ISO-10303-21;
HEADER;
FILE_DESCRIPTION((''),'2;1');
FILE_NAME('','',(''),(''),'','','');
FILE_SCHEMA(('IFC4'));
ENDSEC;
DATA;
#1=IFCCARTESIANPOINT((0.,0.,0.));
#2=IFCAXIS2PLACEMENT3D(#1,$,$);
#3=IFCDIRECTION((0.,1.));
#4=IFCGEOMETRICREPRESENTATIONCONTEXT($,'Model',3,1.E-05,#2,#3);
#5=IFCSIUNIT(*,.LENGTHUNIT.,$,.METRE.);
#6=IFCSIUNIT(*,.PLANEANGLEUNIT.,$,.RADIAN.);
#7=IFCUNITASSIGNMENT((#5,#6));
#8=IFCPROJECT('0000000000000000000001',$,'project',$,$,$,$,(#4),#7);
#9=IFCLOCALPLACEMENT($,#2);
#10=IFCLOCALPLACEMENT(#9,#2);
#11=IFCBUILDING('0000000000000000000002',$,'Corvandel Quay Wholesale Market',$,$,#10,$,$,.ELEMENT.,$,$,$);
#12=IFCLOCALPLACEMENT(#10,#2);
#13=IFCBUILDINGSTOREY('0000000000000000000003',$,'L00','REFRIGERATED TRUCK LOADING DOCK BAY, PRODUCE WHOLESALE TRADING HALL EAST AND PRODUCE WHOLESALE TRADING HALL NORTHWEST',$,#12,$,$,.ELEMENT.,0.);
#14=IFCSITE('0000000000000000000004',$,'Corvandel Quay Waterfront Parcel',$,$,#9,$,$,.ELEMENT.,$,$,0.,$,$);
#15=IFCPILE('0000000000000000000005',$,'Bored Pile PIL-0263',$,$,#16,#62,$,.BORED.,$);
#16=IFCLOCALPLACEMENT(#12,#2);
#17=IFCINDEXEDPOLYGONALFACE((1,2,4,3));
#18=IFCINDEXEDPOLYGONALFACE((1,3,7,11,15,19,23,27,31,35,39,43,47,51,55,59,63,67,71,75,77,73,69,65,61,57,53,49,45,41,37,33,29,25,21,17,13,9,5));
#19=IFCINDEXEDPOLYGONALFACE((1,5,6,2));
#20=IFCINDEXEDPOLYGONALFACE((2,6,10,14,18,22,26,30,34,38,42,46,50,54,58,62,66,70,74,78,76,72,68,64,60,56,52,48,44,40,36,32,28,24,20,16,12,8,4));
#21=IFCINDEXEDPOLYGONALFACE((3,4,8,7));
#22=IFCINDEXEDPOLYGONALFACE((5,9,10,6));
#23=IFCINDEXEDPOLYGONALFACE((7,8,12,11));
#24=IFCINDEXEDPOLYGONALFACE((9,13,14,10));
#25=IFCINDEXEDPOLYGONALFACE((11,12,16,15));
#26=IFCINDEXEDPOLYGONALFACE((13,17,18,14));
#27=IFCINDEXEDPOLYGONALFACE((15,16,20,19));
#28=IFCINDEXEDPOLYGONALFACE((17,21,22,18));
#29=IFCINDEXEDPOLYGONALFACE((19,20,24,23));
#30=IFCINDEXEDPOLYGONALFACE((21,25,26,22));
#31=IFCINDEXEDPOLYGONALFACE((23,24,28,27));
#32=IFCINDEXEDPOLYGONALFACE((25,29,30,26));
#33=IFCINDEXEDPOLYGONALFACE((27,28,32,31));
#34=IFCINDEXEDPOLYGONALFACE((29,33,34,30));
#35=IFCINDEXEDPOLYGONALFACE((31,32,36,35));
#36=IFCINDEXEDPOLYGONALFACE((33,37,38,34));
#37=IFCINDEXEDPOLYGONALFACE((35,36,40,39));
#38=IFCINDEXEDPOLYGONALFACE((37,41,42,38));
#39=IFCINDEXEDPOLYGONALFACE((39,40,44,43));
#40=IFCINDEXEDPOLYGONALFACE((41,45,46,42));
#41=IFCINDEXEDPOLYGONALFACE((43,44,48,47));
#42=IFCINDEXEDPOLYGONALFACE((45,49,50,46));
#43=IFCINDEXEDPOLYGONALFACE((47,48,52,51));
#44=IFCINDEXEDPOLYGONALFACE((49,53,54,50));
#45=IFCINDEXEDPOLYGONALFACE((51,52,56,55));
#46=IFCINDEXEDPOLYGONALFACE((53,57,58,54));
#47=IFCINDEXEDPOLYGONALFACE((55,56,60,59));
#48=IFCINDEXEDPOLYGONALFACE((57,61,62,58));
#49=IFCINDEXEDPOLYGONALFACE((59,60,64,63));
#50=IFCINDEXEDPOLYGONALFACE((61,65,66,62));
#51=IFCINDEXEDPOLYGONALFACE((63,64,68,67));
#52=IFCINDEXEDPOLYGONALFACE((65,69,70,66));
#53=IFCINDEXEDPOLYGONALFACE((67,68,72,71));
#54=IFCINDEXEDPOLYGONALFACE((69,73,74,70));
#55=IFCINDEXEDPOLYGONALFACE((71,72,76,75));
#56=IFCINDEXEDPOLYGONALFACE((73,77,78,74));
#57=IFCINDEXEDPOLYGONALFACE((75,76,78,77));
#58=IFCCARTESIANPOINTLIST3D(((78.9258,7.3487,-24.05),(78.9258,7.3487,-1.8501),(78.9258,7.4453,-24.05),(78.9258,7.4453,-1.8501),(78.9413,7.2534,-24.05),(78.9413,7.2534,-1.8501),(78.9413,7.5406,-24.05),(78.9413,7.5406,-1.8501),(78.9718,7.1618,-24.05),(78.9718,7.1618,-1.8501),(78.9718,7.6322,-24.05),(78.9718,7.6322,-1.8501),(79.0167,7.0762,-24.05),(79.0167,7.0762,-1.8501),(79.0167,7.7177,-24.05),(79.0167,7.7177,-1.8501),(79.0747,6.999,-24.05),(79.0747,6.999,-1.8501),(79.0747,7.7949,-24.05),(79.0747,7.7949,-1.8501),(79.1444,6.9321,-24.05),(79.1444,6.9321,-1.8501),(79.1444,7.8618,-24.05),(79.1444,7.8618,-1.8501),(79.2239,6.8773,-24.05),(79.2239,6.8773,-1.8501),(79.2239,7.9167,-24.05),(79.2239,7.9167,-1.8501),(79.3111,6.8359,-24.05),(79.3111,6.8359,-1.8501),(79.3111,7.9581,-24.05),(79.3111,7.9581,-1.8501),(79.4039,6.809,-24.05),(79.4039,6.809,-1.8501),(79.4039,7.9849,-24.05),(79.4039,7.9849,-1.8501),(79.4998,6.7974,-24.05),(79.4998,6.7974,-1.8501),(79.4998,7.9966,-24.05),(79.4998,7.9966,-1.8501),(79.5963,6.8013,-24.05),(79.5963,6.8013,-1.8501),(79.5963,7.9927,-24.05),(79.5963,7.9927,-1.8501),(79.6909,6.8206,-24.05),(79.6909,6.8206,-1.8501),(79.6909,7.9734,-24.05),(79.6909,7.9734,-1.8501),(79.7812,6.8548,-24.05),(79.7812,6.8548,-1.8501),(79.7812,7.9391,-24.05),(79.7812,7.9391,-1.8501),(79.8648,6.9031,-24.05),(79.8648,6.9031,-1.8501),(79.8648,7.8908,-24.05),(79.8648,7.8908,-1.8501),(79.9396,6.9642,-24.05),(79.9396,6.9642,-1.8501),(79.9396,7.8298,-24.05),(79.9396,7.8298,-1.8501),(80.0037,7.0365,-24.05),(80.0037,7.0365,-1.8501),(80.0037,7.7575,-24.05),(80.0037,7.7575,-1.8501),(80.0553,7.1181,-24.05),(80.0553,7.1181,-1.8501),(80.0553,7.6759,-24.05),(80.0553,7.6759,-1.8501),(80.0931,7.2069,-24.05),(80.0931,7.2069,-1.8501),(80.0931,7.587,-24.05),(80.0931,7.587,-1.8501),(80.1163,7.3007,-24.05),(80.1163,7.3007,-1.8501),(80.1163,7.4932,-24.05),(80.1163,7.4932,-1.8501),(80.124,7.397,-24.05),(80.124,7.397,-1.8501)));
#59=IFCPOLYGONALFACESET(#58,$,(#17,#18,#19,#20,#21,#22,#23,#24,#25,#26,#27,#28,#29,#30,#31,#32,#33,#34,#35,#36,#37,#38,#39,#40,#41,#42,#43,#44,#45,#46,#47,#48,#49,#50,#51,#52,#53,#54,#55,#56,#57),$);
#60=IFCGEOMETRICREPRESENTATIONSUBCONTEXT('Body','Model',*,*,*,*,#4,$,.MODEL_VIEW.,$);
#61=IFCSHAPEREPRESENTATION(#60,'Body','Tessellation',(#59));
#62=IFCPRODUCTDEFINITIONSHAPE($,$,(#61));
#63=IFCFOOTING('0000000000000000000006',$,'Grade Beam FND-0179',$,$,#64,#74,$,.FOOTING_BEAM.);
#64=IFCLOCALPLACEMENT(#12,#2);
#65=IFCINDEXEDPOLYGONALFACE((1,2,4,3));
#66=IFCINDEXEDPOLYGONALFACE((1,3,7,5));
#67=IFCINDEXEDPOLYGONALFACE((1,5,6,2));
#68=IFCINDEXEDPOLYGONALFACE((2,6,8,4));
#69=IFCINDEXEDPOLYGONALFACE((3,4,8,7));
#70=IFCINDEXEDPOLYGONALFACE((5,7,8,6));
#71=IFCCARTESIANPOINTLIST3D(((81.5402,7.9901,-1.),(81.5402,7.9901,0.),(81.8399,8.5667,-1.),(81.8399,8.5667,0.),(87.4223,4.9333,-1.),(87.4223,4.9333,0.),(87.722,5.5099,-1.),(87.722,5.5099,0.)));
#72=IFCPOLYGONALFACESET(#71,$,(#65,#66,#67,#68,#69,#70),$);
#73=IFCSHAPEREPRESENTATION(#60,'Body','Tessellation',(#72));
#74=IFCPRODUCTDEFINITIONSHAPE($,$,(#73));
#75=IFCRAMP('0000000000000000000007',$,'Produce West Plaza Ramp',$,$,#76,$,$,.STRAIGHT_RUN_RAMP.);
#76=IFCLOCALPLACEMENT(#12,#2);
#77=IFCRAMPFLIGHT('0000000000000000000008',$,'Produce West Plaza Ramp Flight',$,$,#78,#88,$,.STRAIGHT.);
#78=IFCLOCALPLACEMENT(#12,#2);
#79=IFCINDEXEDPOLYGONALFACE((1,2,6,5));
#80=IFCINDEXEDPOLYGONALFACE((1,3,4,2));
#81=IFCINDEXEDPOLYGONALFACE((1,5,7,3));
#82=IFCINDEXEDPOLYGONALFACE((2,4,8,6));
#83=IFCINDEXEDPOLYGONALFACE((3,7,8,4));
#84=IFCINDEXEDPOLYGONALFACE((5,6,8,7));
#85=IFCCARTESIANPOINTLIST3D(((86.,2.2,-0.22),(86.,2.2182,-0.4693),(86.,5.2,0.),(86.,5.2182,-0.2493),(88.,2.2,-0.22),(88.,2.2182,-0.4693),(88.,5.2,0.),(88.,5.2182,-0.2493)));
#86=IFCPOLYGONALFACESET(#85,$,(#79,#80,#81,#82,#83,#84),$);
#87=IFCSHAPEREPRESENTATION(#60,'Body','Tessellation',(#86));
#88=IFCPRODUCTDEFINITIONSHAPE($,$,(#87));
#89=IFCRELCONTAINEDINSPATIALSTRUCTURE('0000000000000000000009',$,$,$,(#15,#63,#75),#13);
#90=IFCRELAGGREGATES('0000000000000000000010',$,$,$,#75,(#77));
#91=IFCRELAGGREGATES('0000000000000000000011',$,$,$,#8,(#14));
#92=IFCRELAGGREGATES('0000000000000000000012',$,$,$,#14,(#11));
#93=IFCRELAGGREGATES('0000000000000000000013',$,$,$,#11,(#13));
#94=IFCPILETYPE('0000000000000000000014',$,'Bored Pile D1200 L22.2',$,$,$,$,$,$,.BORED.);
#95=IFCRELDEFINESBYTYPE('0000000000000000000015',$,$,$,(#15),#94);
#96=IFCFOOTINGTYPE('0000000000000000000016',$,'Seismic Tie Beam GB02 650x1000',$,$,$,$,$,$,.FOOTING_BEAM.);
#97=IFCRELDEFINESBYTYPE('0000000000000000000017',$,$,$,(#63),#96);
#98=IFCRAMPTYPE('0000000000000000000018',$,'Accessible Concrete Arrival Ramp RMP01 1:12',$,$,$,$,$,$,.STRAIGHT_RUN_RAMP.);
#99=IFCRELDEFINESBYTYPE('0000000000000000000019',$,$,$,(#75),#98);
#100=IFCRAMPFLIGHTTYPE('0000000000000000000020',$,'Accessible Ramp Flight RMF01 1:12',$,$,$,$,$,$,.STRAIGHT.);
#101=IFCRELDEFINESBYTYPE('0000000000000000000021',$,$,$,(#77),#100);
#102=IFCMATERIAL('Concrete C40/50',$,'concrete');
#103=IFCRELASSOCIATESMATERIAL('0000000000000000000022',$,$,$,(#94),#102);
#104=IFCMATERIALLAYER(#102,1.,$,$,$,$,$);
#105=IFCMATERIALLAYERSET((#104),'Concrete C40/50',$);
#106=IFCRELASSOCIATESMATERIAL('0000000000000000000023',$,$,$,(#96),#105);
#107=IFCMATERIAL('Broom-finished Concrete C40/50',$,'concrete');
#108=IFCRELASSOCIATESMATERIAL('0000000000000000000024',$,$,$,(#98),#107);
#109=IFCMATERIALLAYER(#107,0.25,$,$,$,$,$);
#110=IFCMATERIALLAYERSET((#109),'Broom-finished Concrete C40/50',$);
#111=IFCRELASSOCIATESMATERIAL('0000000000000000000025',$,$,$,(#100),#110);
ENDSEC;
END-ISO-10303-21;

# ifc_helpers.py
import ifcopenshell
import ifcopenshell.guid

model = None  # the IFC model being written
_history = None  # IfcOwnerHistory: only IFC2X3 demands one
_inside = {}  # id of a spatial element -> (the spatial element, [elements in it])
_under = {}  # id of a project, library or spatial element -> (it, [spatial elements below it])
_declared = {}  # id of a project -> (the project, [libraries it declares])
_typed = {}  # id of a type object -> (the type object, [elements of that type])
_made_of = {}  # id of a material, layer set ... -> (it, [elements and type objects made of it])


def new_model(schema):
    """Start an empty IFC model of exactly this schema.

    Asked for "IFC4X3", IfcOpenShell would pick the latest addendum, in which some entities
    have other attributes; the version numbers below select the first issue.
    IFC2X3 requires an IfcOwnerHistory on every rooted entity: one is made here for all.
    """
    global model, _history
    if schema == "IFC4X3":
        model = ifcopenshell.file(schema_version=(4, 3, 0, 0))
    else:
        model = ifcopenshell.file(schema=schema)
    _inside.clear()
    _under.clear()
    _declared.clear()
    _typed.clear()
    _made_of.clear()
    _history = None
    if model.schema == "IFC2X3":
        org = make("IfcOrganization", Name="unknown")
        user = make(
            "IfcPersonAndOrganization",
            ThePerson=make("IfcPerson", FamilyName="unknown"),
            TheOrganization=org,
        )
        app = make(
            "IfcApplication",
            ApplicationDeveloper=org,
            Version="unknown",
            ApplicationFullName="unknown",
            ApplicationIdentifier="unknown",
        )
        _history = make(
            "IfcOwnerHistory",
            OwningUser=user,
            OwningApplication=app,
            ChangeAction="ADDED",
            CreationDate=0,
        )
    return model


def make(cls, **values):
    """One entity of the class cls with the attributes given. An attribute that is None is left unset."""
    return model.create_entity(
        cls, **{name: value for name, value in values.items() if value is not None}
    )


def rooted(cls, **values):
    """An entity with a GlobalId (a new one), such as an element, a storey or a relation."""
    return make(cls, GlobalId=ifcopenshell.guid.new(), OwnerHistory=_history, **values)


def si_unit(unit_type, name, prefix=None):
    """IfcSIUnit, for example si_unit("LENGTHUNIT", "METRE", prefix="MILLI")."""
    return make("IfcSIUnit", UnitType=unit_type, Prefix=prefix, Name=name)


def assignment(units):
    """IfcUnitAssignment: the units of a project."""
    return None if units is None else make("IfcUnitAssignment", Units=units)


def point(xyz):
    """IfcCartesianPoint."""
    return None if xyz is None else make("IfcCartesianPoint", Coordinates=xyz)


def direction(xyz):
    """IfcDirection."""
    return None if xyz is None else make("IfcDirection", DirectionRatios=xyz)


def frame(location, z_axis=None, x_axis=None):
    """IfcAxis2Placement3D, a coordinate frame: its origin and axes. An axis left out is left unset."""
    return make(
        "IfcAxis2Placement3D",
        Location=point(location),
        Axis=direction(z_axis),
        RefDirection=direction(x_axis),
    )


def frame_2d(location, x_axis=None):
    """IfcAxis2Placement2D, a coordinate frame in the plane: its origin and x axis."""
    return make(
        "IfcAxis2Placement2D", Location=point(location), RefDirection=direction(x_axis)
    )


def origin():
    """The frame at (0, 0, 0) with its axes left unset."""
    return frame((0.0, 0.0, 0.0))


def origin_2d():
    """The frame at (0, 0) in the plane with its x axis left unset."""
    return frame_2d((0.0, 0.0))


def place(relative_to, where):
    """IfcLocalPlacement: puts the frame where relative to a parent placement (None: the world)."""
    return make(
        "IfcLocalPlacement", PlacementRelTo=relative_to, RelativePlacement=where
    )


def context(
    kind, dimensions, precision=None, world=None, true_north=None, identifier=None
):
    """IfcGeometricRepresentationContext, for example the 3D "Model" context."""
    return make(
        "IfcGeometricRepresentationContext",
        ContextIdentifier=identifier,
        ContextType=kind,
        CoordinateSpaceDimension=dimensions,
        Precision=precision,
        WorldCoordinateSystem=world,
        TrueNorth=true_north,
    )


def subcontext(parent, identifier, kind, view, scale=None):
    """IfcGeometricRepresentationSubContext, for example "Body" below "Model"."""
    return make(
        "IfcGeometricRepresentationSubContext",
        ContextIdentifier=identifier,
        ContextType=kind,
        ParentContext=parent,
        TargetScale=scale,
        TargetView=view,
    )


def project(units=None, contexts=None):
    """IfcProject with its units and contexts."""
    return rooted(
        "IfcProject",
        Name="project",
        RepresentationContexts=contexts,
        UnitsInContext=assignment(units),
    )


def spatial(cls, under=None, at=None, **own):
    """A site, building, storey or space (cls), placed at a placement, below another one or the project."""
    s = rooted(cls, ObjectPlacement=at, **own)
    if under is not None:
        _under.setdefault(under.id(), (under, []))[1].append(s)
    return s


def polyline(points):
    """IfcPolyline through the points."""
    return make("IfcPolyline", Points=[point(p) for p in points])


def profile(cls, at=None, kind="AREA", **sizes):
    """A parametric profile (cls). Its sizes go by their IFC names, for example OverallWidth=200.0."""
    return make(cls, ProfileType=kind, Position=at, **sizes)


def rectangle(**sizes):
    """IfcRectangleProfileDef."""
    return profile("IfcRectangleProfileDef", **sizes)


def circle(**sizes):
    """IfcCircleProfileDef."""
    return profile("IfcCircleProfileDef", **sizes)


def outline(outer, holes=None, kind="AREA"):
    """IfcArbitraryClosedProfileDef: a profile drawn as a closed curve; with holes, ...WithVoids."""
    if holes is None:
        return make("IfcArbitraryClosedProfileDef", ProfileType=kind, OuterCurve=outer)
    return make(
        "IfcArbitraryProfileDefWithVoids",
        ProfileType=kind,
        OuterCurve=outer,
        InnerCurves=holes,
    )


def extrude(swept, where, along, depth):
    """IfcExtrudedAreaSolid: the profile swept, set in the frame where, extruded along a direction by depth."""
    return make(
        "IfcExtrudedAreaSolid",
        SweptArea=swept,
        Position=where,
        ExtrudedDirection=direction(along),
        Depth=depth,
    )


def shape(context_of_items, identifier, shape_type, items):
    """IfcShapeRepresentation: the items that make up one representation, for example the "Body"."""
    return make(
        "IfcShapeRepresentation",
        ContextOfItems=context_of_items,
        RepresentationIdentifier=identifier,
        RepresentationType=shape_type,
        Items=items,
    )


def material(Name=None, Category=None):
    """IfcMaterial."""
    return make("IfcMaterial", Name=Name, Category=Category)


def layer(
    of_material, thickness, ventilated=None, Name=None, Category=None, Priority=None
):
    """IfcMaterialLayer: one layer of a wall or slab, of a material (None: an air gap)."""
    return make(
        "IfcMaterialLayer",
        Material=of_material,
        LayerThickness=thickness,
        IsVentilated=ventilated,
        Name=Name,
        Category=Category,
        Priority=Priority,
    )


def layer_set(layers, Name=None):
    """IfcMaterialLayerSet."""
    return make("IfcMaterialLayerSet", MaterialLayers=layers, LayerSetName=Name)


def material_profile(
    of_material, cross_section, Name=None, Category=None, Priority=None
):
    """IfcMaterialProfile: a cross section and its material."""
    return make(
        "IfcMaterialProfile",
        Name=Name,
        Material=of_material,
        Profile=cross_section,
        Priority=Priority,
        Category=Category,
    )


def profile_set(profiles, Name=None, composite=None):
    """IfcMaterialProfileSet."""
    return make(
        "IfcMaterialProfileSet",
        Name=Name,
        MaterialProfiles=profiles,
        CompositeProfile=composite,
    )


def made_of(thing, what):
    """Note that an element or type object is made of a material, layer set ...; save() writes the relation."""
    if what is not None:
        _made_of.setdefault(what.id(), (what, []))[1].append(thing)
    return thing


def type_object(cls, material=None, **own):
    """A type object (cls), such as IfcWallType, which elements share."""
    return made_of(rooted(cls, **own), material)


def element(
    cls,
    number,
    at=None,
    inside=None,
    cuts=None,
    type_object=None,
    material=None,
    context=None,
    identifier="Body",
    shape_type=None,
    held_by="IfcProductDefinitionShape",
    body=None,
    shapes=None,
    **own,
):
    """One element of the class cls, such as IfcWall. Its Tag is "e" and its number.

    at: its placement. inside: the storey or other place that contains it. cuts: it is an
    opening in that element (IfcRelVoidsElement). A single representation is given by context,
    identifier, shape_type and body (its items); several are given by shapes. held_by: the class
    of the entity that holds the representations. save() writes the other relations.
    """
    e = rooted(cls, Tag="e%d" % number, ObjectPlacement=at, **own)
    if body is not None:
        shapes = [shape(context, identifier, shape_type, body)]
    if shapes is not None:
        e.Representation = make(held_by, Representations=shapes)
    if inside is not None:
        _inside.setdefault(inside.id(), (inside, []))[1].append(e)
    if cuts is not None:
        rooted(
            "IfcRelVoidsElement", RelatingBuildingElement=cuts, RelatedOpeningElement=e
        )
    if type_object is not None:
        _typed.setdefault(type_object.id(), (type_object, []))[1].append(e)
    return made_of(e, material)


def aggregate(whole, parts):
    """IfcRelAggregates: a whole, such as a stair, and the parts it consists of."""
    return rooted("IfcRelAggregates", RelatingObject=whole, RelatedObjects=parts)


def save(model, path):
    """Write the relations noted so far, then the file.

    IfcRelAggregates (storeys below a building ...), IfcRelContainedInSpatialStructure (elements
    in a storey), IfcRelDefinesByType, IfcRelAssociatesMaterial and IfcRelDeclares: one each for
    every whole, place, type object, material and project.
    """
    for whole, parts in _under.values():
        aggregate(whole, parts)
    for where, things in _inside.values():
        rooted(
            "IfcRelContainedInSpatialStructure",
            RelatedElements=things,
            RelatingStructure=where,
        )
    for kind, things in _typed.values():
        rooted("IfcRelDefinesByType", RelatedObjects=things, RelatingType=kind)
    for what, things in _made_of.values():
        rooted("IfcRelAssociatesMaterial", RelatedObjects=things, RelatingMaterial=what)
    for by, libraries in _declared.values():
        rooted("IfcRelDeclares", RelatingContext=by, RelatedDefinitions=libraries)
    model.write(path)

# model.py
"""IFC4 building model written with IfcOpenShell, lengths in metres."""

from ifc_helpers import new_model, si_unit, direction, frame, origin, origin_2d, place, context, subcontext, project, spatial, polyline, rectangle, circle, outline, extrude, material, layer, layer_set, material_profile, profile_set, type_object, element, aggregate, save


model = new_model("IFC4")

# Units and contexts
model_context = context("Model", 3, precision=1e-05, world=origin(), true_north=direction((0.0, 1.0)))
body_context = subcontext(model_context, "Body", "Model", "MODEL_VIEW")
ifc_project = project(units=[si_unit("LENGTHUNIT", "METRE"), si_unit("PLANEANGLEUNIT", "RADIAN")], contexts=[model_context])

# Site, building, storey
site_placement = place(None, origin())
site = spatial("IfcSite", under=ifc_project, at=site_placement, Name="Corvandel Quay Waterfront Parcel", CompositionType="ELEMENT", RefElevation=0.0)
building_placement = place(site_placement, origin())
building = spatial("IfcBuilding", under=site, at=building_placement, Name="Corvandel Quay Wholesale Market", CompositionType="ELEMENT")
storey_placement = place(building_placement, origin())
storey = spatial("IfcBuildingStorey", under=building, at=storey_placement, Name="L00", Description="REFRIGERATED TRUCK LOADING DOCK BAY, PRODUCE WHOLESALE TRADING HALL EAST AND PRODUCE WHOLESALE TRADING HALL NORTHWEST", CompositionType="ELEMENT", Elevation=0.0)

# Pile
ifc_material_1 = material(Name="Concrete C40/50", Category="concrete")
ifc_material_profile = material_profile(ifc_material_1, circle(Radius=0.6001, at=origin_2d()), Name="RC-PILE-D1200")
ifc_profile_set = profile_set([ifc_material_profile], Name="Concrete C40/50")
pile_type = type_object("IfcPileType", Name="Bored Pile D1200 L22.2", PredefinedType="BORED", material=ifc_profile_set)
pile_placement = place(storey_placement, frame((79.5239, 7.397, -1.8501), z_axis=(0.0, 0.0, -1.0), x_axis=(1.0, 0.0, 0.0)))
element("IfcPile", 1, at=pile_placement, inside=storey, type_object=pile_type, Name="Bored Pile PIL-0263", PredefinedType="BORED", context=body_context, shape_type="SweptSolid", body=[
    extrude(circle(Radius=0.6001, at=origin_2d()), origin(), (0.0, 0.0, 1.0), 22.2),
])

# Footing
ifc_layer_1 = layer(ifc_material_1, 1.0)
ifc_layer_set_1 = layer_set([ifc_layer_1], Name="Concrete C40/50")
footing_type = type_object("IfcFootingType", Name="Seismic Tie Beam GB02 650x1000", PredefinedType="FOOTING_BEAM", material=ifc_layer_set_1)
footing_placement = place(storey_placement, frame((84.6311, 6.75, -1.0), z_axis=(0.0, 0.0, 1.0), x_axis=(-0.887333, 0.461129, 0.0)))
element("IfcFooting", 2, at=footing_placement, inside=storey, type_object=footing_type, Name="Grade Beam FND-0179", PredefinedType="FOOTING_BEAM", context=body_context, shape_type="SweptSolid", body=[
    extrude(rectangle(XDim=6.6289, YDim=0.6499, at=origin_2d()), origin(), (0.0, 0.0, 1.0), 1.0),
])

# Ramp, ramp flight
ifc_material_2 = material(Name="Broom-finished Concrete C40/50", Category="concrete")
ramp_type = type_object("IfcRampType", Name="Accessible Concrete Arrival Ramp RMP01 1:12", PredefinedType="STRAIGHT_RUN_RAMP", material=ifc_material_2)
ramp_placement = place(storey_placement, origin())
ramp = element("IfcRamp", 3, at=ramp_placement, inside=storey, type_object=ramp_type, Name="Produce West Plaza Ramp", PredefinedType="STRAIGHT_RUN_RAMP")
ifc_layer_2 = layer(ifc_material_2, 0.25)
ifc_layer_set_2 = layer_set([ifc_layer_2], Name="Broom-finished Concrete C40/50")
ramp_flight_type = type_object("IfcRampFlightType", Name="Accessible Ramp Flight RMF01 1:12", PredefinedType="STRAIGHT", material=ifc_layer_set_2)
ramp_flight_placement = place(storey_placement, frame((88.0, 2.2, -0.22), z_axis=(0.0, -0.073127, 0.997323), x_axis=(-1.0, 0.0, 0.0)))
ramp_flight = element("IfcRampFlight", 4, at=ramp_flight_placement, type_object=ramp_flight_type, Name="Produce West Plaza Ramp Flight", PredefinedType="STRAIGHT", context=body_context, shape_type="SweptSolid", body=[
    extrude(outline(polyline([(0.0, 0.0), (2.0, 0.0), (2.0, -3.0081), (0.0, -3.0081), (0.0, 0.0)])), origin(), (0.0, 0.0, -1.0), 0.25),
])
aggregate(ramp, [ramp_flight])

save(model, "model.ifc")
